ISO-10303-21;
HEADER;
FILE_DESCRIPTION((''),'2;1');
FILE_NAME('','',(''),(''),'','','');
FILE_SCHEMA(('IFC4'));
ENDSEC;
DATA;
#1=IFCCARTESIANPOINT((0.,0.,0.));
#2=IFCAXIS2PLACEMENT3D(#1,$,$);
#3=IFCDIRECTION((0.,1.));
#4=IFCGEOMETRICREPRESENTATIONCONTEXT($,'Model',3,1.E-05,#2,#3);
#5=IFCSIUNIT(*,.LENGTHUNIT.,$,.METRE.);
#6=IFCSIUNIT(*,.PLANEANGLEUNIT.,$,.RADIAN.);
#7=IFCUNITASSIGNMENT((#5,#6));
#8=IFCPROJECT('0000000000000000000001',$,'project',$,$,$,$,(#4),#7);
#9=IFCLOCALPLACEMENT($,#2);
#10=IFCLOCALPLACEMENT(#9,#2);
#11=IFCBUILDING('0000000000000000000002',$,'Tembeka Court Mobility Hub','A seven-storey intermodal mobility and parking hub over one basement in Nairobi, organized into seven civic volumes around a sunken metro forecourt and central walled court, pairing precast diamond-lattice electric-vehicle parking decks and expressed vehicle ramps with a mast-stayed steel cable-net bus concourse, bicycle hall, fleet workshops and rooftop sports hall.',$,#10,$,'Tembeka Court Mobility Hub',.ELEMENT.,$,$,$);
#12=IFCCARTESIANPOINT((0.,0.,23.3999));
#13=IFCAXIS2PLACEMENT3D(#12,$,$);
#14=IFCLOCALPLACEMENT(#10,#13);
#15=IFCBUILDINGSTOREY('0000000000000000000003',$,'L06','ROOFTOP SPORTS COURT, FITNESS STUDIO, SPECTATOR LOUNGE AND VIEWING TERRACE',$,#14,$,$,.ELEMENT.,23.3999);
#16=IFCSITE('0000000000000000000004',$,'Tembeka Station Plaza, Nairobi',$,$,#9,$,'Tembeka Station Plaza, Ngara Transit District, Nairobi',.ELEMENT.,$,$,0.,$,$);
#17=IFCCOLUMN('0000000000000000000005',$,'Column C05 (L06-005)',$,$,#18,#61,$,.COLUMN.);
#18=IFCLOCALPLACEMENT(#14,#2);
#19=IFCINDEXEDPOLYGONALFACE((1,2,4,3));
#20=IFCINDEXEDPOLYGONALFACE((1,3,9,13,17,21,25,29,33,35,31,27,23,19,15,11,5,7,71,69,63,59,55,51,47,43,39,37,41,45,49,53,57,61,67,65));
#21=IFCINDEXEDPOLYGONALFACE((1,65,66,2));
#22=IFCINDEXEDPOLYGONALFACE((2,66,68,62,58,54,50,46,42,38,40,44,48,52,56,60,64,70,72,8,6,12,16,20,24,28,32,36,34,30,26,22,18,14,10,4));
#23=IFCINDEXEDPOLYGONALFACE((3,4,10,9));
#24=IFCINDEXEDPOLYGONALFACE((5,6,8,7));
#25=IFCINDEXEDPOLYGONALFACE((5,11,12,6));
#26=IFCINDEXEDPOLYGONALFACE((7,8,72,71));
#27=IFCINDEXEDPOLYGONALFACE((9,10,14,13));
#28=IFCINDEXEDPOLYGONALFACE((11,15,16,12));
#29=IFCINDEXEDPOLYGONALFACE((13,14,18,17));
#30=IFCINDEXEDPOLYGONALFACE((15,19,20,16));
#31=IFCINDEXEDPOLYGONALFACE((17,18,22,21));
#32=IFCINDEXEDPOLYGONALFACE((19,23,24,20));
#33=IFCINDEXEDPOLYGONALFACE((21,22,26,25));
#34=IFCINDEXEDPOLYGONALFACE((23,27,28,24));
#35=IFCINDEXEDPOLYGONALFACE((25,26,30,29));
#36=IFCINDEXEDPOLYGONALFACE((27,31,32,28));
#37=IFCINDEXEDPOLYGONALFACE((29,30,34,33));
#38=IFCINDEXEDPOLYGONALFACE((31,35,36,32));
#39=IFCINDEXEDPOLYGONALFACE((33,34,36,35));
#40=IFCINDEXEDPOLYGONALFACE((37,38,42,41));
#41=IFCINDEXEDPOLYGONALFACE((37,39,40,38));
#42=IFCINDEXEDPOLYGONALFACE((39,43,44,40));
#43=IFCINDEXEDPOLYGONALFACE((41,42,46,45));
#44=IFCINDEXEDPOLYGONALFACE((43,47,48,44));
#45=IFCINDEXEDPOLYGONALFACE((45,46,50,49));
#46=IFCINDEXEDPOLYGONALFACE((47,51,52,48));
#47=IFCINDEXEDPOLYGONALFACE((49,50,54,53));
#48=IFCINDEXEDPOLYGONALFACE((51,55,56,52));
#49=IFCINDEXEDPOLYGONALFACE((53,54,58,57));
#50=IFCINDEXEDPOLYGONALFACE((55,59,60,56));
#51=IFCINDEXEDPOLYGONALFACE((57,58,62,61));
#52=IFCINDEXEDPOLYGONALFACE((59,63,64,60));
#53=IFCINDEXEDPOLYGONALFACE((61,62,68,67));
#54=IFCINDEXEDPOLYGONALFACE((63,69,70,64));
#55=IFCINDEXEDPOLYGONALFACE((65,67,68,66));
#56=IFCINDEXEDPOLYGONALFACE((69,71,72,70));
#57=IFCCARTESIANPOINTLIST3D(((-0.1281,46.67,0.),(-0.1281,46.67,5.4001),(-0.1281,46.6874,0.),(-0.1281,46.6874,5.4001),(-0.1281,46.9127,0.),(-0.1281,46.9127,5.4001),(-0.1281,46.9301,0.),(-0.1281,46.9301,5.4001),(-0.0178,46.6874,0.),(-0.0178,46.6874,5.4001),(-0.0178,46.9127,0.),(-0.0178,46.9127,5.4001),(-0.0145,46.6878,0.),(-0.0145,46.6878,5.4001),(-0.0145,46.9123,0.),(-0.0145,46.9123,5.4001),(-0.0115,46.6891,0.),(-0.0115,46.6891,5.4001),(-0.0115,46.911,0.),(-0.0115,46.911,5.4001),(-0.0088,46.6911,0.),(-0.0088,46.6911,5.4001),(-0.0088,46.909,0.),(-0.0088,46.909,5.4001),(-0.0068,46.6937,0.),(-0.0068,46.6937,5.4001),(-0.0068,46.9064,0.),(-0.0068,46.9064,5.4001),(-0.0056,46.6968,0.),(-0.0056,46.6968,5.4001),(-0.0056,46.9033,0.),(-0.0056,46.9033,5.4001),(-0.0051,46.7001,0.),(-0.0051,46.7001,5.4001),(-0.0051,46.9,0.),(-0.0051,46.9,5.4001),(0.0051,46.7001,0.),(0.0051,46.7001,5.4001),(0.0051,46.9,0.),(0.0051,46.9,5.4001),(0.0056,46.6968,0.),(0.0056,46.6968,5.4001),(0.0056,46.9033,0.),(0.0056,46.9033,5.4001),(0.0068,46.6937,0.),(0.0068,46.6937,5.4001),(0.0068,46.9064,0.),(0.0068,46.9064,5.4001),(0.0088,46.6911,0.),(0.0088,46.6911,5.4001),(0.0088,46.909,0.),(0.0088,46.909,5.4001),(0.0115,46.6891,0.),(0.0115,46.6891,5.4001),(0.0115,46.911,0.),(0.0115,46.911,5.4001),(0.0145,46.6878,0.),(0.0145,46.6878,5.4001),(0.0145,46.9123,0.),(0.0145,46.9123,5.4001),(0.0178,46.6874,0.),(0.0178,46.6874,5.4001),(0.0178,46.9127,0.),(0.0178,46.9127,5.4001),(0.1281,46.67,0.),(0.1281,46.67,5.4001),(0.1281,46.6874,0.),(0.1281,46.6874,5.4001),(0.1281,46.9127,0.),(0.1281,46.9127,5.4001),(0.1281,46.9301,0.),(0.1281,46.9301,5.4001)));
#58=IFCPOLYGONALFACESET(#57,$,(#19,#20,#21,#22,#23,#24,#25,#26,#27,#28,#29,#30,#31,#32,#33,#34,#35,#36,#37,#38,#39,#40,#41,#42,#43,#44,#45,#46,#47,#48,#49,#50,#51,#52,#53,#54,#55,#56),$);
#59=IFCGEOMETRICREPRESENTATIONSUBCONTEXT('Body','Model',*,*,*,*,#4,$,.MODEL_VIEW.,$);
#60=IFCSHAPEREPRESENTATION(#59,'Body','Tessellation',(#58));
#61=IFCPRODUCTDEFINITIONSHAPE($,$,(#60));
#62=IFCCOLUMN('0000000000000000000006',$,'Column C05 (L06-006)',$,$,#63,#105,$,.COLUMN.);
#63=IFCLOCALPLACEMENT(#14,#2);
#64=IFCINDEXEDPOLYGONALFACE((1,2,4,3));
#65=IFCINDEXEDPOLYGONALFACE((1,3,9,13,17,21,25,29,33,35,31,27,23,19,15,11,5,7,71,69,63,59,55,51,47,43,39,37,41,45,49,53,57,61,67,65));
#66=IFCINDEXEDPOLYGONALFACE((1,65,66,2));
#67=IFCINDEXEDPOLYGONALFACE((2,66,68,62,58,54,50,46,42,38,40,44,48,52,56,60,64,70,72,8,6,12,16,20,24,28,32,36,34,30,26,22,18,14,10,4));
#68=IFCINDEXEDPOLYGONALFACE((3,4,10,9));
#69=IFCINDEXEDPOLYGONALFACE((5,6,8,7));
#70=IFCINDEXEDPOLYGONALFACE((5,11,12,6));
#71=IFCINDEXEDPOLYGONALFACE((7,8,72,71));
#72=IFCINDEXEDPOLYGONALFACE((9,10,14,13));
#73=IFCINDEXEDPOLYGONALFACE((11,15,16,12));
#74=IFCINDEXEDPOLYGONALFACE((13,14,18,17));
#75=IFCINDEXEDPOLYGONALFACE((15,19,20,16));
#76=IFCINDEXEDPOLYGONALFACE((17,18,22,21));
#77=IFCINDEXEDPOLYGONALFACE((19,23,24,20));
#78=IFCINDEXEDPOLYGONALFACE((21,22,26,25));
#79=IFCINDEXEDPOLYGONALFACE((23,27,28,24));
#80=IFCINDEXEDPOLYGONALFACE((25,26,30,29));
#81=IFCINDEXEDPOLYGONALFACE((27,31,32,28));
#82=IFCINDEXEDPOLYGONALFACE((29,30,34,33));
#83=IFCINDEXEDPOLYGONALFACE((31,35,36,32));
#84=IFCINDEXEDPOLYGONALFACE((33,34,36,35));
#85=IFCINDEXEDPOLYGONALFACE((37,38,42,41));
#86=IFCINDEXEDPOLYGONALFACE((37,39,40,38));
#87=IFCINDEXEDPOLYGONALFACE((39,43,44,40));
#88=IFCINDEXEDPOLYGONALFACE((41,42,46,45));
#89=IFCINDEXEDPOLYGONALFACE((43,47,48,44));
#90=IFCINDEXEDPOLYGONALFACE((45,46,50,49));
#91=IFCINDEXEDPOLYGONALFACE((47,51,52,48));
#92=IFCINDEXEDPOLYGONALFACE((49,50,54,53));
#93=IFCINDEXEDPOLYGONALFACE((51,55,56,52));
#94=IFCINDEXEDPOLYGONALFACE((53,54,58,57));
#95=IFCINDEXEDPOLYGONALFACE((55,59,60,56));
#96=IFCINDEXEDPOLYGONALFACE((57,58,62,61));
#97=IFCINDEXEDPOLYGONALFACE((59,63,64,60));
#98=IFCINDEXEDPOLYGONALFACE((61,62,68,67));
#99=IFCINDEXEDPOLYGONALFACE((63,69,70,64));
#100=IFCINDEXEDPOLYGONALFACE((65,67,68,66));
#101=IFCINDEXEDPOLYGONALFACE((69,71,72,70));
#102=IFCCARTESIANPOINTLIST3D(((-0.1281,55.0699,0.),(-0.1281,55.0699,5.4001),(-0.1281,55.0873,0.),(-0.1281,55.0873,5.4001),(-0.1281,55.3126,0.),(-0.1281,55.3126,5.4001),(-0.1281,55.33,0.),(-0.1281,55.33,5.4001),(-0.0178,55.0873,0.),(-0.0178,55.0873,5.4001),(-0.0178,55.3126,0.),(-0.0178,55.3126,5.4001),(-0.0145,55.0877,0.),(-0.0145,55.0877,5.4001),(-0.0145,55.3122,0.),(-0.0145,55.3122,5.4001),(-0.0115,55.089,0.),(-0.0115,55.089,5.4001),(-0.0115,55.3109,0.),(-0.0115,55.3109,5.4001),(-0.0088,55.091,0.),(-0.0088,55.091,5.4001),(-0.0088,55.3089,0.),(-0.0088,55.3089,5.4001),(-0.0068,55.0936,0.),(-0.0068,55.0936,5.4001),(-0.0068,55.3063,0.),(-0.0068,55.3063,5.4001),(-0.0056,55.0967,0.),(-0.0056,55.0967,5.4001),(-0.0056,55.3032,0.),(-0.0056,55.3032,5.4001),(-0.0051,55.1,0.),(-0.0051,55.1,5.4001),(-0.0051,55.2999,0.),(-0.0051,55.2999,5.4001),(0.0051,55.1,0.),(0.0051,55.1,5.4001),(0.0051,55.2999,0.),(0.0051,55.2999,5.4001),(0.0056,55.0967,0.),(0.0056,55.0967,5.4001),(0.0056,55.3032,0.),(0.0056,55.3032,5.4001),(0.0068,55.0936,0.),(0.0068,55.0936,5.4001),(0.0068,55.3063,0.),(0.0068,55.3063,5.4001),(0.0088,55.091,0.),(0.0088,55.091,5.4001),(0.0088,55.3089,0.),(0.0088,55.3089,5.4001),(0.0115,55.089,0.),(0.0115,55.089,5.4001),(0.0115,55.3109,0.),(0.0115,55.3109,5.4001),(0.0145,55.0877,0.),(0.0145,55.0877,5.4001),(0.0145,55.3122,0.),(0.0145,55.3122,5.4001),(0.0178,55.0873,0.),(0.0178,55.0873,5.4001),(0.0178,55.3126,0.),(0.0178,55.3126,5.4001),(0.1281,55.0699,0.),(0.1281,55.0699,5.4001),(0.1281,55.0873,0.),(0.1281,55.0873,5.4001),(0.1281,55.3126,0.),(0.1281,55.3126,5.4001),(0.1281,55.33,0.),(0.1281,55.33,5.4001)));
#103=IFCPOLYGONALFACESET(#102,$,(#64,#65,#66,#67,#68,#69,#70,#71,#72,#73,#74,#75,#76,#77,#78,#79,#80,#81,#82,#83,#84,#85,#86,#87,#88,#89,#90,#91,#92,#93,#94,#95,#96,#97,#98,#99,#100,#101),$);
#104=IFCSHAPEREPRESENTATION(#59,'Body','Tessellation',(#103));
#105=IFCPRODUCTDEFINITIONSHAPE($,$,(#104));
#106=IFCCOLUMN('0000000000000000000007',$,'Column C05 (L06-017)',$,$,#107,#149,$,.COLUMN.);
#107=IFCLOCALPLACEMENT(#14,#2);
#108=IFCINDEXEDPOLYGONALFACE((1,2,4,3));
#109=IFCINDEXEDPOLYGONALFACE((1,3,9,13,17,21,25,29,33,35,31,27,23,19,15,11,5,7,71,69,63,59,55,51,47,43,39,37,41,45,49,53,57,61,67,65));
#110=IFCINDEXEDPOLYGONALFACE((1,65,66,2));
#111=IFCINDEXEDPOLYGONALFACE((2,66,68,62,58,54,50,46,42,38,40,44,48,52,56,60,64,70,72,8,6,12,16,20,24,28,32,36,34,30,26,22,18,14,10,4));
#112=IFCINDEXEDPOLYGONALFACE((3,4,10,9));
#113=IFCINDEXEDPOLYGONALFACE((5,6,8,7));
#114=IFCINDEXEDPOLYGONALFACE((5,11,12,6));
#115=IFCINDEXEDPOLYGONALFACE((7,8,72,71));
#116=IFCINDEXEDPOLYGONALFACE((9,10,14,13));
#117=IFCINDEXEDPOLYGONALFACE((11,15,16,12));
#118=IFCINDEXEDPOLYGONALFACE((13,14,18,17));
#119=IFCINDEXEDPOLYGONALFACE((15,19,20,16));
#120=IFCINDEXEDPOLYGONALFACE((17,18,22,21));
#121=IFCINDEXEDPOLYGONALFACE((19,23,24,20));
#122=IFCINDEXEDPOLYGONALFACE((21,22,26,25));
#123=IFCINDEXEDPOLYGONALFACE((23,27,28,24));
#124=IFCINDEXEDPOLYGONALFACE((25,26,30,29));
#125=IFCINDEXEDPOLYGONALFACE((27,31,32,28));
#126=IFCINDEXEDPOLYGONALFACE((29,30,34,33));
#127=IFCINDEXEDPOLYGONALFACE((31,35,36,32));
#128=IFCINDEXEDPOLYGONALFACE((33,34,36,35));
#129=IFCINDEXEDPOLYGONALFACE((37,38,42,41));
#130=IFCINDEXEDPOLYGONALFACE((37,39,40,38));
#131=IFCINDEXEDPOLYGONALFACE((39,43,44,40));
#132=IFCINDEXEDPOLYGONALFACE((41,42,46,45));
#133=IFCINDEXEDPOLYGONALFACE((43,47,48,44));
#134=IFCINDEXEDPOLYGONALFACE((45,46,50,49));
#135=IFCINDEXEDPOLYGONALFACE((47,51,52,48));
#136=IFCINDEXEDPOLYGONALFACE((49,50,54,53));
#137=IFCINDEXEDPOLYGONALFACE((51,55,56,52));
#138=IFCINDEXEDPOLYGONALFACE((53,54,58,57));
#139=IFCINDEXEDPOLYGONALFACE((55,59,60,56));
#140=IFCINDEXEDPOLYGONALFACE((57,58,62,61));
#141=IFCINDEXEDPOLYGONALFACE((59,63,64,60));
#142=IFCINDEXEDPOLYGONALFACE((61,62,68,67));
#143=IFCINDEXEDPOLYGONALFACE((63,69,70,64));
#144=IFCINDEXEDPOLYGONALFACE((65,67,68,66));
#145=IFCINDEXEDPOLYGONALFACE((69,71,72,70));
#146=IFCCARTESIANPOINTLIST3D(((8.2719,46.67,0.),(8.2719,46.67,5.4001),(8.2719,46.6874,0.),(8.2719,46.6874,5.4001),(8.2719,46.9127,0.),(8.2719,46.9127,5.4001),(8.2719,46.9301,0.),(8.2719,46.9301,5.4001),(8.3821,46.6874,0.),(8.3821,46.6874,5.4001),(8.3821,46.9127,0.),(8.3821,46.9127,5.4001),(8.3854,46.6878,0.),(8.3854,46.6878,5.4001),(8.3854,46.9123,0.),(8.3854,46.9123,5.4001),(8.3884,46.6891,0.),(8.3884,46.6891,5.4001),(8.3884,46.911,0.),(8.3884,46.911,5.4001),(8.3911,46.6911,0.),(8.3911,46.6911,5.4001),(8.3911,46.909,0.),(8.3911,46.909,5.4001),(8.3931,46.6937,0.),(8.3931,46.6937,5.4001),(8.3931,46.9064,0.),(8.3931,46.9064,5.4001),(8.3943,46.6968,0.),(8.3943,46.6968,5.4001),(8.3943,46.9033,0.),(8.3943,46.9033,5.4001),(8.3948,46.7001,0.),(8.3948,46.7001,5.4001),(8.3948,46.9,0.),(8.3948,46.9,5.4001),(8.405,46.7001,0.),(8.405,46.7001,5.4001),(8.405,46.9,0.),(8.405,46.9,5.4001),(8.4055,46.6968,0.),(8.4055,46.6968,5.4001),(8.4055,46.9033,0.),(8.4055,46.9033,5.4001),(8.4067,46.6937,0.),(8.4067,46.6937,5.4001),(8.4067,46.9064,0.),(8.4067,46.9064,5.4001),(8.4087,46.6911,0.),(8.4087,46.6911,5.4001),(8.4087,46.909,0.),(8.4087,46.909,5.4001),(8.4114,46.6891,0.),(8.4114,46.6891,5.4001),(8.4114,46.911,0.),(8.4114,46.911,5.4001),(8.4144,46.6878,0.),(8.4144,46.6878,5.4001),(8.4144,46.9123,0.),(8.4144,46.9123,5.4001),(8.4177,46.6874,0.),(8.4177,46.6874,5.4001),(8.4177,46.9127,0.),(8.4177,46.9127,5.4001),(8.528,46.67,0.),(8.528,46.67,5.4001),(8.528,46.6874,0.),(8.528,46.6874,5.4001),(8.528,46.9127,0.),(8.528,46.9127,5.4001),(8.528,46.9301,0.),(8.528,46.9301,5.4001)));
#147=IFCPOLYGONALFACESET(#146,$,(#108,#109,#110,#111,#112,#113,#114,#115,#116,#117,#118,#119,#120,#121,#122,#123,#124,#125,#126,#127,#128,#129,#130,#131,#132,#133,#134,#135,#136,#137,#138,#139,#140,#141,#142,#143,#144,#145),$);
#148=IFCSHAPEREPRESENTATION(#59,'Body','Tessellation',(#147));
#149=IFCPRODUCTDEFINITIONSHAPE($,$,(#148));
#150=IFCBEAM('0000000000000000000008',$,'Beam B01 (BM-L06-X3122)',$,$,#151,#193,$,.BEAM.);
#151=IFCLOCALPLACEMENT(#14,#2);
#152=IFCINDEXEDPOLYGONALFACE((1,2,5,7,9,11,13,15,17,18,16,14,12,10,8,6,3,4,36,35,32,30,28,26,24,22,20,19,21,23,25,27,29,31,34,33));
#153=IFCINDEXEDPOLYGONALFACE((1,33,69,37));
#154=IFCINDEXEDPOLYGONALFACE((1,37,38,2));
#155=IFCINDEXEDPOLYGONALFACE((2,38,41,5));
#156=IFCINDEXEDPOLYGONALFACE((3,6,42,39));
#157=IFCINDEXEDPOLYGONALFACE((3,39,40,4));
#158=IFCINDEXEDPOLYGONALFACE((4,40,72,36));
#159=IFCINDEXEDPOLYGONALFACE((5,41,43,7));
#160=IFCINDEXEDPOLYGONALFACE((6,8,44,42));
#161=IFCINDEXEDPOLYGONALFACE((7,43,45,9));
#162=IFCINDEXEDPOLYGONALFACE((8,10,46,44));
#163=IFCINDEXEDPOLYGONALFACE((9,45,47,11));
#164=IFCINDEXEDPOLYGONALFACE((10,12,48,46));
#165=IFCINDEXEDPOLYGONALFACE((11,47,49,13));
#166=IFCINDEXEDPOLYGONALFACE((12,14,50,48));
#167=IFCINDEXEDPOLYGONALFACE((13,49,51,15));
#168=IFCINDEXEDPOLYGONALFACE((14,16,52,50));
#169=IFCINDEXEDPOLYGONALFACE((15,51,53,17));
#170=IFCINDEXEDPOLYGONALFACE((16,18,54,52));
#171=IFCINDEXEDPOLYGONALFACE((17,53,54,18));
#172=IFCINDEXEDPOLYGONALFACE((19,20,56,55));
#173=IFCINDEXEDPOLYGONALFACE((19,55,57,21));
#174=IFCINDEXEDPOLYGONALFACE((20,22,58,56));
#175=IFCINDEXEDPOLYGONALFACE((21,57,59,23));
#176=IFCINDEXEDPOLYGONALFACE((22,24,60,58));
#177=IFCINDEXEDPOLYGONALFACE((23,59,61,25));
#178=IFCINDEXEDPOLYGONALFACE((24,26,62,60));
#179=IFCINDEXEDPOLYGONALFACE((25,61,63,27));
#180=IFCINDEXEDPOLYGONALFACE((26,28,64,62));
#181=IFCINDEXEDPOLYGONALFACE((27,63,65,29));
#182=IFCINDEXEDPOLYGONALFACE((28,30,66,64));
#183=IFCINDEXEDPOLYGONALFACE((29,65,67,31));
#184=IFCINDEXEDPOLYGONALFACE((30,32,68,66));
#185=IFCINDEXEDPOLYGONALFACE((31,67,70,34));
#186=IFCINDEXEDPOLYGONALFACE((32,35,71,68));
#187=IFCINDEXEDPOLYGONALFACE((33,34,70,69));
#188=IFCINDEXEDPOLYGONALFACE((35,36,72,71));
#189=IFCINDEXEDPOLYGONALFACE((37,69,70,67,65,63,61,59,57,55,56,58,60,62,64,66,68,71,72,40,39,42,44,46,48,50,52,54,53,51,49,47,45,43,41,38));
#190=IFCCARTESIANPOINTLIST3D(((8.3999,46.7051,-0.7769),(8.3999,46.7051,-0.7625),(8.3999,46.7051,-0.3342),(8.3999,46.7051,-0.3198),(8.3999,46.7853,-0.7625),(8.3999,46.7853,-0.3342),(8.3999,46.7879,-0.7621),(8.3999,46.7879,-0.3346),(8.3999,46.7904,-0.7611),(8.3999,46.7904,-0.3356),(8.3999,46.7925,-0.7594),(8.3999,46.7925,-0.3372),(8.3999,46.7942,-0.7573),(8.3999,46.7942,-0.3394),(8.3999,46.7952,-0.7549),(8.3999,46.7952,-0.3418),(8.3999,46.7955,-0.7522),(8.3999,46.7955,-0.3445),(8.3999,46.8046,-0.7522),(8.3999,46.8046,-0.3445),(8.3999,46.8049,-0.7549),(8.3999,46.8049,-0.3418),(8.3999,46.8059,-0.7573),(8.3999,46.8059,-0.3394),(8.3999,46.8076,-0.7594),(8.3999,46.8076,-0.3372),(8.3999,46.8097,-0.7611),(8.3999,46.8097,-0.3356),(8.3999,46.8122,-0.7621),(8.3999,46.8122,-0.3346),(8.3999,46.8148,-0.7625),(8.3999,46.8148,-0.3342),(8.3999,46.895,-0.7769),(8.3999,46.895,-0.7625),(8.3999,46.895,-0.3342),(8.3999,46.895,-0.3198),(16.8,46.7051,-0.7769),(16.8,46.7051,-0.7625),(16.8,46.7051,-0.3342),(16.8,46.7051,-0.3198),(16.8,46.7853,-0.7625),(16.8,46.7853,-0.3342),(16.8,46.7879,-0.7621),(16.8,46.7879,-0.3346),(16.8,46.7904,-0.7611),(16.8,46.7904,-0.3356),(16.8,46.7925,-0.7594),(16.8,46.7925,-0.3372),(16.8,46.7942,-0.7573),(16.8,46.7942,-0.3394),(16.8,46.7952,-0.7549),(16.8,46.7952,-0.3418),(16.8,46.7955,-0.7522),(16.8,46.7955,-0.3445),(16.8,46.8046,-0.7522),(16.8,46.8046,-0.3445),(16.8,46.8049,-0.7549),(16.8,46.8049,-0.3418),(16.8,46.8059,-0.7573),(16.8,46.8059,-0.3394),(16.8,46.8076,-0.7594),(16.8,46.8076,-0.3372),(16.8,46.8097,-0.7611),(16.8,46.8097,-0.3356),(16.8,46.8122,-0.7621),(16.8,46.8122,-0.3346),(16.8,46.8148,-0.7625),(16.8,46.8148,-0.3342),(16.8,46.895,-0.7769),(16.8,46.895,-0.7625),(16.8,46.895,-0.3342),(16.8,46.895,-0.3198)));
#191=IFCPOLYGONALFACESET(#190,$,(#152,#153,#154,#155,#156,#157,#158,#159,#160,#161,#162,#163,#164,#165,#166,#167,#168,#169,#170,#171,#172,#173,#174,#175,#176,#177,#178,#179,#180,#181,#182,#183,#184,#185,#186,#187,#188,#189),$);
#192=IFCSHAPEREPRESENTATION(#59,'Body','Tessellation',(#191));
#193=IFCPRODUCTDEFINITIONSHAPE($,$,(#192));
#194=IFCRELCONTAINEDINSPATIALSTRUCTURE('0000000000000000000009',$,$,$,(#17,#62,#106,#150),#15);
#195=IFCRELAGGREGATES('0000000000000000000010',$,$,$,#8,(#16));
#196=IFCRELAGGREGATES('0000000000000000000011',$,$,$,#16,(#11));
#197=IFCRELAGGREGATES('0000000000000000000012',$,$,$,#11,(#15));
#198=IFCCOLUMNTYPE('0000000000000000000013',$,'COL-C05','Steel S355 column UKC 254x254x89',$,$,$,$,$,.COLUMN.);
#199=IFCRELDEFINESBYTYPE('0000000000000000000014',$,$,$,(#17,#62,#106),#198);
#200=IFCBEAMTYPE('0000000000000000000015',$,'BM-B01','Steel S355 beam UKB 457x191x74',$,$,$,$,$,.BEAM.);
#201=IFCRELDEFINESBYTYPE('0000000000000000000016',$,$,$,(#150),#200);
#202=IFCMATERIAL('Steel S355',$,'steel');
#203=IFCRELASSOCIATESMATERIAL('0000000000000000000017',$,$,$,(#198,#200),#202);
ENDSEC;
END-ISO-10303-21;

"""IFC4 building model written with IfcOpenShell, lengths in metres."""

from ifc_helpers import new_model, si_unit, direction, frame, origin, origin_2d, place, context, subcontext, project, spatial, i_section, extrude, material, material_profile, profile_set, type_object, element, save


model = new_model("IFC4")

# Units and contexts
model_context = context("Model", 3, precision=1e-05, world=origin(), true_north=direction((0.0, 1.0)))
body_context = subcontext(model_context, "Body", "Model", "MODEL_VIEW")
ifc_project = project(units=[si_unit("LENGTHUNIT", "METRE"), si_unit("PLANEANGLEUNIT", "RADIAN")], contexts=[model_context])

# Site, building, storey
site_placement = place(None, origin())
site = spatial("IfcSite", under=ifc_project, at=site_placement, Name="Tembeka Station Plaza, Nairobi", LongName="Tembeka Station Plaza, Ngara Transit District, Nairobi", CompositionType="ELEMENT", RefElevation=0.0)
building_placement = place(site_placement, origin())
building = spatial("IfcBuilding", under=site, at=building_placement, Name="Tembeka Court Mobility Hub", Description="A seven-storey intermodal mobility and parking hub over one basement in Nairobi, organized into seven civic volumes around a sunken metro forecourt and central walled court, pairing precast diamond-lattice electric-vehicle parking decks and expressed vehicle ramps with a mast-stayed steel cable-net bus concourse, bicycle hall, fleet workshops and rooftop sports hall.", LongName="Tembeka Court Mobility Hub", CompositionType="ELEMENT")
storey_placement = place(building_placement, frame((0.0, 0.0, 23.3999)))
storey = spatial("IfcBuildingStorey", under=building, at=storey_placement, Name="L06", Description="ROOFTOP SPORTS COURT, FITNESS STUDIO, SPECTATOR LOUNGE AND VIEWING TERRACE", CompositionType="ELEMENT", Elevation=23.3999)

# Columns
ifc_material_1 = material(Name="Steel S355", Category="steel")
ifc_material_profile_1 = material_profile(ifc_material_1, i_section(OverallWidth=0.2561, OverallDepth=0.26, WebThickness=0.0103, FlangeThickness=0.0173, FilletRadius=0.0127, at=origin_2d()), Name="UKC 254x254x89")
ifc_profile_set_1 = profile_set([ifc_material_profile_1], Name="Steel S355")
column_type = type_object("IfcColumnType", Name="COL-C05", Description="Steel S355 column UKC 254x254x89", PredefinedType="COLUMN", material=ifc_profile_set_1)
for number, where, z_axis, x_axis, name in (
    (1, (0.0, 46.8, 0.0), (0.0, 0.0, 1.0), (1.0, 0.0, 0.0), "Column C05 (L06-005)"),
    (2, (0.0, 55.2, 0.0), (0.0, 0.0, 1.0), (1.0, 0.0, 0.0), "Column C05 (L06-006)"),
    (3, (8.3999, 46.8, 0.0), (0.0, 0.0, 1.0), (1.0, 0.0, 0.0), "Column C05 (L06-017)"),
):
    element("IfcColumn", number, at=place(storey_placement, frame(where, z_axis=z_axis, x_axis=x_axis)), inside=storey, type_object=column_type, Name=name, PredefinedType="COLUMN", context=body_context, shape_type="SweptSolid", body=[
        extrude(i_section(OverallWidth=0.2561, OverallDepth=0.26, WebThickness=0.0103, FlangeThickness=0.0173, FilletRadius=0.0127, at=origin_2d()), origin(), (0.0, 0.0, 1.0), 5.4001),
    ])

# Beam
ifc_material_profile_2 = material_profile(ifc_material_1, i_section(OverallWidth=0.1899, OverallDepth=0.457, WebThickness=0.009, FlangeThickness=0.0144, FilletRadius=0.0103, at=origin_2d()), Name="UKB 457x191x74")
ifc_profile_set_2 = profile_set([ifc_material_profile_2], Name="Steel S355")
beam_type_1 = type_object("IfcBeamType", Name="BM-B01", Description="Steel S355 beam UKB 457x191x74", PredefinedType="BEAM", material=ifc_profile_set_2)
beam_1_placement = place(storey_placement, frame((8.3999, 46.8, -0.5483), z_axis=(1.0, 0.0, 0.0), x_axis=(0.0, 1.0, 0.0)))
element("IfcBeam", 4, at=beam_1_placement, inside=storey, type_object=beam_type_1, Name="Beam B01 (BM-L06-X3122)", PredefinedType="BEAM", context=body_context, shape_type="SweptSolid", body=[
    extrude(i_section(OverallWidth=0.1899, OverallDepth=0.457, WebThickness=0.009, FlangeThickness=0.0144, FilletRadius=0.0103, at=origin_2d()), origin(), (0.0, 0.0, 1.0), 8.4001),
])

save(model, "model.ifc")
